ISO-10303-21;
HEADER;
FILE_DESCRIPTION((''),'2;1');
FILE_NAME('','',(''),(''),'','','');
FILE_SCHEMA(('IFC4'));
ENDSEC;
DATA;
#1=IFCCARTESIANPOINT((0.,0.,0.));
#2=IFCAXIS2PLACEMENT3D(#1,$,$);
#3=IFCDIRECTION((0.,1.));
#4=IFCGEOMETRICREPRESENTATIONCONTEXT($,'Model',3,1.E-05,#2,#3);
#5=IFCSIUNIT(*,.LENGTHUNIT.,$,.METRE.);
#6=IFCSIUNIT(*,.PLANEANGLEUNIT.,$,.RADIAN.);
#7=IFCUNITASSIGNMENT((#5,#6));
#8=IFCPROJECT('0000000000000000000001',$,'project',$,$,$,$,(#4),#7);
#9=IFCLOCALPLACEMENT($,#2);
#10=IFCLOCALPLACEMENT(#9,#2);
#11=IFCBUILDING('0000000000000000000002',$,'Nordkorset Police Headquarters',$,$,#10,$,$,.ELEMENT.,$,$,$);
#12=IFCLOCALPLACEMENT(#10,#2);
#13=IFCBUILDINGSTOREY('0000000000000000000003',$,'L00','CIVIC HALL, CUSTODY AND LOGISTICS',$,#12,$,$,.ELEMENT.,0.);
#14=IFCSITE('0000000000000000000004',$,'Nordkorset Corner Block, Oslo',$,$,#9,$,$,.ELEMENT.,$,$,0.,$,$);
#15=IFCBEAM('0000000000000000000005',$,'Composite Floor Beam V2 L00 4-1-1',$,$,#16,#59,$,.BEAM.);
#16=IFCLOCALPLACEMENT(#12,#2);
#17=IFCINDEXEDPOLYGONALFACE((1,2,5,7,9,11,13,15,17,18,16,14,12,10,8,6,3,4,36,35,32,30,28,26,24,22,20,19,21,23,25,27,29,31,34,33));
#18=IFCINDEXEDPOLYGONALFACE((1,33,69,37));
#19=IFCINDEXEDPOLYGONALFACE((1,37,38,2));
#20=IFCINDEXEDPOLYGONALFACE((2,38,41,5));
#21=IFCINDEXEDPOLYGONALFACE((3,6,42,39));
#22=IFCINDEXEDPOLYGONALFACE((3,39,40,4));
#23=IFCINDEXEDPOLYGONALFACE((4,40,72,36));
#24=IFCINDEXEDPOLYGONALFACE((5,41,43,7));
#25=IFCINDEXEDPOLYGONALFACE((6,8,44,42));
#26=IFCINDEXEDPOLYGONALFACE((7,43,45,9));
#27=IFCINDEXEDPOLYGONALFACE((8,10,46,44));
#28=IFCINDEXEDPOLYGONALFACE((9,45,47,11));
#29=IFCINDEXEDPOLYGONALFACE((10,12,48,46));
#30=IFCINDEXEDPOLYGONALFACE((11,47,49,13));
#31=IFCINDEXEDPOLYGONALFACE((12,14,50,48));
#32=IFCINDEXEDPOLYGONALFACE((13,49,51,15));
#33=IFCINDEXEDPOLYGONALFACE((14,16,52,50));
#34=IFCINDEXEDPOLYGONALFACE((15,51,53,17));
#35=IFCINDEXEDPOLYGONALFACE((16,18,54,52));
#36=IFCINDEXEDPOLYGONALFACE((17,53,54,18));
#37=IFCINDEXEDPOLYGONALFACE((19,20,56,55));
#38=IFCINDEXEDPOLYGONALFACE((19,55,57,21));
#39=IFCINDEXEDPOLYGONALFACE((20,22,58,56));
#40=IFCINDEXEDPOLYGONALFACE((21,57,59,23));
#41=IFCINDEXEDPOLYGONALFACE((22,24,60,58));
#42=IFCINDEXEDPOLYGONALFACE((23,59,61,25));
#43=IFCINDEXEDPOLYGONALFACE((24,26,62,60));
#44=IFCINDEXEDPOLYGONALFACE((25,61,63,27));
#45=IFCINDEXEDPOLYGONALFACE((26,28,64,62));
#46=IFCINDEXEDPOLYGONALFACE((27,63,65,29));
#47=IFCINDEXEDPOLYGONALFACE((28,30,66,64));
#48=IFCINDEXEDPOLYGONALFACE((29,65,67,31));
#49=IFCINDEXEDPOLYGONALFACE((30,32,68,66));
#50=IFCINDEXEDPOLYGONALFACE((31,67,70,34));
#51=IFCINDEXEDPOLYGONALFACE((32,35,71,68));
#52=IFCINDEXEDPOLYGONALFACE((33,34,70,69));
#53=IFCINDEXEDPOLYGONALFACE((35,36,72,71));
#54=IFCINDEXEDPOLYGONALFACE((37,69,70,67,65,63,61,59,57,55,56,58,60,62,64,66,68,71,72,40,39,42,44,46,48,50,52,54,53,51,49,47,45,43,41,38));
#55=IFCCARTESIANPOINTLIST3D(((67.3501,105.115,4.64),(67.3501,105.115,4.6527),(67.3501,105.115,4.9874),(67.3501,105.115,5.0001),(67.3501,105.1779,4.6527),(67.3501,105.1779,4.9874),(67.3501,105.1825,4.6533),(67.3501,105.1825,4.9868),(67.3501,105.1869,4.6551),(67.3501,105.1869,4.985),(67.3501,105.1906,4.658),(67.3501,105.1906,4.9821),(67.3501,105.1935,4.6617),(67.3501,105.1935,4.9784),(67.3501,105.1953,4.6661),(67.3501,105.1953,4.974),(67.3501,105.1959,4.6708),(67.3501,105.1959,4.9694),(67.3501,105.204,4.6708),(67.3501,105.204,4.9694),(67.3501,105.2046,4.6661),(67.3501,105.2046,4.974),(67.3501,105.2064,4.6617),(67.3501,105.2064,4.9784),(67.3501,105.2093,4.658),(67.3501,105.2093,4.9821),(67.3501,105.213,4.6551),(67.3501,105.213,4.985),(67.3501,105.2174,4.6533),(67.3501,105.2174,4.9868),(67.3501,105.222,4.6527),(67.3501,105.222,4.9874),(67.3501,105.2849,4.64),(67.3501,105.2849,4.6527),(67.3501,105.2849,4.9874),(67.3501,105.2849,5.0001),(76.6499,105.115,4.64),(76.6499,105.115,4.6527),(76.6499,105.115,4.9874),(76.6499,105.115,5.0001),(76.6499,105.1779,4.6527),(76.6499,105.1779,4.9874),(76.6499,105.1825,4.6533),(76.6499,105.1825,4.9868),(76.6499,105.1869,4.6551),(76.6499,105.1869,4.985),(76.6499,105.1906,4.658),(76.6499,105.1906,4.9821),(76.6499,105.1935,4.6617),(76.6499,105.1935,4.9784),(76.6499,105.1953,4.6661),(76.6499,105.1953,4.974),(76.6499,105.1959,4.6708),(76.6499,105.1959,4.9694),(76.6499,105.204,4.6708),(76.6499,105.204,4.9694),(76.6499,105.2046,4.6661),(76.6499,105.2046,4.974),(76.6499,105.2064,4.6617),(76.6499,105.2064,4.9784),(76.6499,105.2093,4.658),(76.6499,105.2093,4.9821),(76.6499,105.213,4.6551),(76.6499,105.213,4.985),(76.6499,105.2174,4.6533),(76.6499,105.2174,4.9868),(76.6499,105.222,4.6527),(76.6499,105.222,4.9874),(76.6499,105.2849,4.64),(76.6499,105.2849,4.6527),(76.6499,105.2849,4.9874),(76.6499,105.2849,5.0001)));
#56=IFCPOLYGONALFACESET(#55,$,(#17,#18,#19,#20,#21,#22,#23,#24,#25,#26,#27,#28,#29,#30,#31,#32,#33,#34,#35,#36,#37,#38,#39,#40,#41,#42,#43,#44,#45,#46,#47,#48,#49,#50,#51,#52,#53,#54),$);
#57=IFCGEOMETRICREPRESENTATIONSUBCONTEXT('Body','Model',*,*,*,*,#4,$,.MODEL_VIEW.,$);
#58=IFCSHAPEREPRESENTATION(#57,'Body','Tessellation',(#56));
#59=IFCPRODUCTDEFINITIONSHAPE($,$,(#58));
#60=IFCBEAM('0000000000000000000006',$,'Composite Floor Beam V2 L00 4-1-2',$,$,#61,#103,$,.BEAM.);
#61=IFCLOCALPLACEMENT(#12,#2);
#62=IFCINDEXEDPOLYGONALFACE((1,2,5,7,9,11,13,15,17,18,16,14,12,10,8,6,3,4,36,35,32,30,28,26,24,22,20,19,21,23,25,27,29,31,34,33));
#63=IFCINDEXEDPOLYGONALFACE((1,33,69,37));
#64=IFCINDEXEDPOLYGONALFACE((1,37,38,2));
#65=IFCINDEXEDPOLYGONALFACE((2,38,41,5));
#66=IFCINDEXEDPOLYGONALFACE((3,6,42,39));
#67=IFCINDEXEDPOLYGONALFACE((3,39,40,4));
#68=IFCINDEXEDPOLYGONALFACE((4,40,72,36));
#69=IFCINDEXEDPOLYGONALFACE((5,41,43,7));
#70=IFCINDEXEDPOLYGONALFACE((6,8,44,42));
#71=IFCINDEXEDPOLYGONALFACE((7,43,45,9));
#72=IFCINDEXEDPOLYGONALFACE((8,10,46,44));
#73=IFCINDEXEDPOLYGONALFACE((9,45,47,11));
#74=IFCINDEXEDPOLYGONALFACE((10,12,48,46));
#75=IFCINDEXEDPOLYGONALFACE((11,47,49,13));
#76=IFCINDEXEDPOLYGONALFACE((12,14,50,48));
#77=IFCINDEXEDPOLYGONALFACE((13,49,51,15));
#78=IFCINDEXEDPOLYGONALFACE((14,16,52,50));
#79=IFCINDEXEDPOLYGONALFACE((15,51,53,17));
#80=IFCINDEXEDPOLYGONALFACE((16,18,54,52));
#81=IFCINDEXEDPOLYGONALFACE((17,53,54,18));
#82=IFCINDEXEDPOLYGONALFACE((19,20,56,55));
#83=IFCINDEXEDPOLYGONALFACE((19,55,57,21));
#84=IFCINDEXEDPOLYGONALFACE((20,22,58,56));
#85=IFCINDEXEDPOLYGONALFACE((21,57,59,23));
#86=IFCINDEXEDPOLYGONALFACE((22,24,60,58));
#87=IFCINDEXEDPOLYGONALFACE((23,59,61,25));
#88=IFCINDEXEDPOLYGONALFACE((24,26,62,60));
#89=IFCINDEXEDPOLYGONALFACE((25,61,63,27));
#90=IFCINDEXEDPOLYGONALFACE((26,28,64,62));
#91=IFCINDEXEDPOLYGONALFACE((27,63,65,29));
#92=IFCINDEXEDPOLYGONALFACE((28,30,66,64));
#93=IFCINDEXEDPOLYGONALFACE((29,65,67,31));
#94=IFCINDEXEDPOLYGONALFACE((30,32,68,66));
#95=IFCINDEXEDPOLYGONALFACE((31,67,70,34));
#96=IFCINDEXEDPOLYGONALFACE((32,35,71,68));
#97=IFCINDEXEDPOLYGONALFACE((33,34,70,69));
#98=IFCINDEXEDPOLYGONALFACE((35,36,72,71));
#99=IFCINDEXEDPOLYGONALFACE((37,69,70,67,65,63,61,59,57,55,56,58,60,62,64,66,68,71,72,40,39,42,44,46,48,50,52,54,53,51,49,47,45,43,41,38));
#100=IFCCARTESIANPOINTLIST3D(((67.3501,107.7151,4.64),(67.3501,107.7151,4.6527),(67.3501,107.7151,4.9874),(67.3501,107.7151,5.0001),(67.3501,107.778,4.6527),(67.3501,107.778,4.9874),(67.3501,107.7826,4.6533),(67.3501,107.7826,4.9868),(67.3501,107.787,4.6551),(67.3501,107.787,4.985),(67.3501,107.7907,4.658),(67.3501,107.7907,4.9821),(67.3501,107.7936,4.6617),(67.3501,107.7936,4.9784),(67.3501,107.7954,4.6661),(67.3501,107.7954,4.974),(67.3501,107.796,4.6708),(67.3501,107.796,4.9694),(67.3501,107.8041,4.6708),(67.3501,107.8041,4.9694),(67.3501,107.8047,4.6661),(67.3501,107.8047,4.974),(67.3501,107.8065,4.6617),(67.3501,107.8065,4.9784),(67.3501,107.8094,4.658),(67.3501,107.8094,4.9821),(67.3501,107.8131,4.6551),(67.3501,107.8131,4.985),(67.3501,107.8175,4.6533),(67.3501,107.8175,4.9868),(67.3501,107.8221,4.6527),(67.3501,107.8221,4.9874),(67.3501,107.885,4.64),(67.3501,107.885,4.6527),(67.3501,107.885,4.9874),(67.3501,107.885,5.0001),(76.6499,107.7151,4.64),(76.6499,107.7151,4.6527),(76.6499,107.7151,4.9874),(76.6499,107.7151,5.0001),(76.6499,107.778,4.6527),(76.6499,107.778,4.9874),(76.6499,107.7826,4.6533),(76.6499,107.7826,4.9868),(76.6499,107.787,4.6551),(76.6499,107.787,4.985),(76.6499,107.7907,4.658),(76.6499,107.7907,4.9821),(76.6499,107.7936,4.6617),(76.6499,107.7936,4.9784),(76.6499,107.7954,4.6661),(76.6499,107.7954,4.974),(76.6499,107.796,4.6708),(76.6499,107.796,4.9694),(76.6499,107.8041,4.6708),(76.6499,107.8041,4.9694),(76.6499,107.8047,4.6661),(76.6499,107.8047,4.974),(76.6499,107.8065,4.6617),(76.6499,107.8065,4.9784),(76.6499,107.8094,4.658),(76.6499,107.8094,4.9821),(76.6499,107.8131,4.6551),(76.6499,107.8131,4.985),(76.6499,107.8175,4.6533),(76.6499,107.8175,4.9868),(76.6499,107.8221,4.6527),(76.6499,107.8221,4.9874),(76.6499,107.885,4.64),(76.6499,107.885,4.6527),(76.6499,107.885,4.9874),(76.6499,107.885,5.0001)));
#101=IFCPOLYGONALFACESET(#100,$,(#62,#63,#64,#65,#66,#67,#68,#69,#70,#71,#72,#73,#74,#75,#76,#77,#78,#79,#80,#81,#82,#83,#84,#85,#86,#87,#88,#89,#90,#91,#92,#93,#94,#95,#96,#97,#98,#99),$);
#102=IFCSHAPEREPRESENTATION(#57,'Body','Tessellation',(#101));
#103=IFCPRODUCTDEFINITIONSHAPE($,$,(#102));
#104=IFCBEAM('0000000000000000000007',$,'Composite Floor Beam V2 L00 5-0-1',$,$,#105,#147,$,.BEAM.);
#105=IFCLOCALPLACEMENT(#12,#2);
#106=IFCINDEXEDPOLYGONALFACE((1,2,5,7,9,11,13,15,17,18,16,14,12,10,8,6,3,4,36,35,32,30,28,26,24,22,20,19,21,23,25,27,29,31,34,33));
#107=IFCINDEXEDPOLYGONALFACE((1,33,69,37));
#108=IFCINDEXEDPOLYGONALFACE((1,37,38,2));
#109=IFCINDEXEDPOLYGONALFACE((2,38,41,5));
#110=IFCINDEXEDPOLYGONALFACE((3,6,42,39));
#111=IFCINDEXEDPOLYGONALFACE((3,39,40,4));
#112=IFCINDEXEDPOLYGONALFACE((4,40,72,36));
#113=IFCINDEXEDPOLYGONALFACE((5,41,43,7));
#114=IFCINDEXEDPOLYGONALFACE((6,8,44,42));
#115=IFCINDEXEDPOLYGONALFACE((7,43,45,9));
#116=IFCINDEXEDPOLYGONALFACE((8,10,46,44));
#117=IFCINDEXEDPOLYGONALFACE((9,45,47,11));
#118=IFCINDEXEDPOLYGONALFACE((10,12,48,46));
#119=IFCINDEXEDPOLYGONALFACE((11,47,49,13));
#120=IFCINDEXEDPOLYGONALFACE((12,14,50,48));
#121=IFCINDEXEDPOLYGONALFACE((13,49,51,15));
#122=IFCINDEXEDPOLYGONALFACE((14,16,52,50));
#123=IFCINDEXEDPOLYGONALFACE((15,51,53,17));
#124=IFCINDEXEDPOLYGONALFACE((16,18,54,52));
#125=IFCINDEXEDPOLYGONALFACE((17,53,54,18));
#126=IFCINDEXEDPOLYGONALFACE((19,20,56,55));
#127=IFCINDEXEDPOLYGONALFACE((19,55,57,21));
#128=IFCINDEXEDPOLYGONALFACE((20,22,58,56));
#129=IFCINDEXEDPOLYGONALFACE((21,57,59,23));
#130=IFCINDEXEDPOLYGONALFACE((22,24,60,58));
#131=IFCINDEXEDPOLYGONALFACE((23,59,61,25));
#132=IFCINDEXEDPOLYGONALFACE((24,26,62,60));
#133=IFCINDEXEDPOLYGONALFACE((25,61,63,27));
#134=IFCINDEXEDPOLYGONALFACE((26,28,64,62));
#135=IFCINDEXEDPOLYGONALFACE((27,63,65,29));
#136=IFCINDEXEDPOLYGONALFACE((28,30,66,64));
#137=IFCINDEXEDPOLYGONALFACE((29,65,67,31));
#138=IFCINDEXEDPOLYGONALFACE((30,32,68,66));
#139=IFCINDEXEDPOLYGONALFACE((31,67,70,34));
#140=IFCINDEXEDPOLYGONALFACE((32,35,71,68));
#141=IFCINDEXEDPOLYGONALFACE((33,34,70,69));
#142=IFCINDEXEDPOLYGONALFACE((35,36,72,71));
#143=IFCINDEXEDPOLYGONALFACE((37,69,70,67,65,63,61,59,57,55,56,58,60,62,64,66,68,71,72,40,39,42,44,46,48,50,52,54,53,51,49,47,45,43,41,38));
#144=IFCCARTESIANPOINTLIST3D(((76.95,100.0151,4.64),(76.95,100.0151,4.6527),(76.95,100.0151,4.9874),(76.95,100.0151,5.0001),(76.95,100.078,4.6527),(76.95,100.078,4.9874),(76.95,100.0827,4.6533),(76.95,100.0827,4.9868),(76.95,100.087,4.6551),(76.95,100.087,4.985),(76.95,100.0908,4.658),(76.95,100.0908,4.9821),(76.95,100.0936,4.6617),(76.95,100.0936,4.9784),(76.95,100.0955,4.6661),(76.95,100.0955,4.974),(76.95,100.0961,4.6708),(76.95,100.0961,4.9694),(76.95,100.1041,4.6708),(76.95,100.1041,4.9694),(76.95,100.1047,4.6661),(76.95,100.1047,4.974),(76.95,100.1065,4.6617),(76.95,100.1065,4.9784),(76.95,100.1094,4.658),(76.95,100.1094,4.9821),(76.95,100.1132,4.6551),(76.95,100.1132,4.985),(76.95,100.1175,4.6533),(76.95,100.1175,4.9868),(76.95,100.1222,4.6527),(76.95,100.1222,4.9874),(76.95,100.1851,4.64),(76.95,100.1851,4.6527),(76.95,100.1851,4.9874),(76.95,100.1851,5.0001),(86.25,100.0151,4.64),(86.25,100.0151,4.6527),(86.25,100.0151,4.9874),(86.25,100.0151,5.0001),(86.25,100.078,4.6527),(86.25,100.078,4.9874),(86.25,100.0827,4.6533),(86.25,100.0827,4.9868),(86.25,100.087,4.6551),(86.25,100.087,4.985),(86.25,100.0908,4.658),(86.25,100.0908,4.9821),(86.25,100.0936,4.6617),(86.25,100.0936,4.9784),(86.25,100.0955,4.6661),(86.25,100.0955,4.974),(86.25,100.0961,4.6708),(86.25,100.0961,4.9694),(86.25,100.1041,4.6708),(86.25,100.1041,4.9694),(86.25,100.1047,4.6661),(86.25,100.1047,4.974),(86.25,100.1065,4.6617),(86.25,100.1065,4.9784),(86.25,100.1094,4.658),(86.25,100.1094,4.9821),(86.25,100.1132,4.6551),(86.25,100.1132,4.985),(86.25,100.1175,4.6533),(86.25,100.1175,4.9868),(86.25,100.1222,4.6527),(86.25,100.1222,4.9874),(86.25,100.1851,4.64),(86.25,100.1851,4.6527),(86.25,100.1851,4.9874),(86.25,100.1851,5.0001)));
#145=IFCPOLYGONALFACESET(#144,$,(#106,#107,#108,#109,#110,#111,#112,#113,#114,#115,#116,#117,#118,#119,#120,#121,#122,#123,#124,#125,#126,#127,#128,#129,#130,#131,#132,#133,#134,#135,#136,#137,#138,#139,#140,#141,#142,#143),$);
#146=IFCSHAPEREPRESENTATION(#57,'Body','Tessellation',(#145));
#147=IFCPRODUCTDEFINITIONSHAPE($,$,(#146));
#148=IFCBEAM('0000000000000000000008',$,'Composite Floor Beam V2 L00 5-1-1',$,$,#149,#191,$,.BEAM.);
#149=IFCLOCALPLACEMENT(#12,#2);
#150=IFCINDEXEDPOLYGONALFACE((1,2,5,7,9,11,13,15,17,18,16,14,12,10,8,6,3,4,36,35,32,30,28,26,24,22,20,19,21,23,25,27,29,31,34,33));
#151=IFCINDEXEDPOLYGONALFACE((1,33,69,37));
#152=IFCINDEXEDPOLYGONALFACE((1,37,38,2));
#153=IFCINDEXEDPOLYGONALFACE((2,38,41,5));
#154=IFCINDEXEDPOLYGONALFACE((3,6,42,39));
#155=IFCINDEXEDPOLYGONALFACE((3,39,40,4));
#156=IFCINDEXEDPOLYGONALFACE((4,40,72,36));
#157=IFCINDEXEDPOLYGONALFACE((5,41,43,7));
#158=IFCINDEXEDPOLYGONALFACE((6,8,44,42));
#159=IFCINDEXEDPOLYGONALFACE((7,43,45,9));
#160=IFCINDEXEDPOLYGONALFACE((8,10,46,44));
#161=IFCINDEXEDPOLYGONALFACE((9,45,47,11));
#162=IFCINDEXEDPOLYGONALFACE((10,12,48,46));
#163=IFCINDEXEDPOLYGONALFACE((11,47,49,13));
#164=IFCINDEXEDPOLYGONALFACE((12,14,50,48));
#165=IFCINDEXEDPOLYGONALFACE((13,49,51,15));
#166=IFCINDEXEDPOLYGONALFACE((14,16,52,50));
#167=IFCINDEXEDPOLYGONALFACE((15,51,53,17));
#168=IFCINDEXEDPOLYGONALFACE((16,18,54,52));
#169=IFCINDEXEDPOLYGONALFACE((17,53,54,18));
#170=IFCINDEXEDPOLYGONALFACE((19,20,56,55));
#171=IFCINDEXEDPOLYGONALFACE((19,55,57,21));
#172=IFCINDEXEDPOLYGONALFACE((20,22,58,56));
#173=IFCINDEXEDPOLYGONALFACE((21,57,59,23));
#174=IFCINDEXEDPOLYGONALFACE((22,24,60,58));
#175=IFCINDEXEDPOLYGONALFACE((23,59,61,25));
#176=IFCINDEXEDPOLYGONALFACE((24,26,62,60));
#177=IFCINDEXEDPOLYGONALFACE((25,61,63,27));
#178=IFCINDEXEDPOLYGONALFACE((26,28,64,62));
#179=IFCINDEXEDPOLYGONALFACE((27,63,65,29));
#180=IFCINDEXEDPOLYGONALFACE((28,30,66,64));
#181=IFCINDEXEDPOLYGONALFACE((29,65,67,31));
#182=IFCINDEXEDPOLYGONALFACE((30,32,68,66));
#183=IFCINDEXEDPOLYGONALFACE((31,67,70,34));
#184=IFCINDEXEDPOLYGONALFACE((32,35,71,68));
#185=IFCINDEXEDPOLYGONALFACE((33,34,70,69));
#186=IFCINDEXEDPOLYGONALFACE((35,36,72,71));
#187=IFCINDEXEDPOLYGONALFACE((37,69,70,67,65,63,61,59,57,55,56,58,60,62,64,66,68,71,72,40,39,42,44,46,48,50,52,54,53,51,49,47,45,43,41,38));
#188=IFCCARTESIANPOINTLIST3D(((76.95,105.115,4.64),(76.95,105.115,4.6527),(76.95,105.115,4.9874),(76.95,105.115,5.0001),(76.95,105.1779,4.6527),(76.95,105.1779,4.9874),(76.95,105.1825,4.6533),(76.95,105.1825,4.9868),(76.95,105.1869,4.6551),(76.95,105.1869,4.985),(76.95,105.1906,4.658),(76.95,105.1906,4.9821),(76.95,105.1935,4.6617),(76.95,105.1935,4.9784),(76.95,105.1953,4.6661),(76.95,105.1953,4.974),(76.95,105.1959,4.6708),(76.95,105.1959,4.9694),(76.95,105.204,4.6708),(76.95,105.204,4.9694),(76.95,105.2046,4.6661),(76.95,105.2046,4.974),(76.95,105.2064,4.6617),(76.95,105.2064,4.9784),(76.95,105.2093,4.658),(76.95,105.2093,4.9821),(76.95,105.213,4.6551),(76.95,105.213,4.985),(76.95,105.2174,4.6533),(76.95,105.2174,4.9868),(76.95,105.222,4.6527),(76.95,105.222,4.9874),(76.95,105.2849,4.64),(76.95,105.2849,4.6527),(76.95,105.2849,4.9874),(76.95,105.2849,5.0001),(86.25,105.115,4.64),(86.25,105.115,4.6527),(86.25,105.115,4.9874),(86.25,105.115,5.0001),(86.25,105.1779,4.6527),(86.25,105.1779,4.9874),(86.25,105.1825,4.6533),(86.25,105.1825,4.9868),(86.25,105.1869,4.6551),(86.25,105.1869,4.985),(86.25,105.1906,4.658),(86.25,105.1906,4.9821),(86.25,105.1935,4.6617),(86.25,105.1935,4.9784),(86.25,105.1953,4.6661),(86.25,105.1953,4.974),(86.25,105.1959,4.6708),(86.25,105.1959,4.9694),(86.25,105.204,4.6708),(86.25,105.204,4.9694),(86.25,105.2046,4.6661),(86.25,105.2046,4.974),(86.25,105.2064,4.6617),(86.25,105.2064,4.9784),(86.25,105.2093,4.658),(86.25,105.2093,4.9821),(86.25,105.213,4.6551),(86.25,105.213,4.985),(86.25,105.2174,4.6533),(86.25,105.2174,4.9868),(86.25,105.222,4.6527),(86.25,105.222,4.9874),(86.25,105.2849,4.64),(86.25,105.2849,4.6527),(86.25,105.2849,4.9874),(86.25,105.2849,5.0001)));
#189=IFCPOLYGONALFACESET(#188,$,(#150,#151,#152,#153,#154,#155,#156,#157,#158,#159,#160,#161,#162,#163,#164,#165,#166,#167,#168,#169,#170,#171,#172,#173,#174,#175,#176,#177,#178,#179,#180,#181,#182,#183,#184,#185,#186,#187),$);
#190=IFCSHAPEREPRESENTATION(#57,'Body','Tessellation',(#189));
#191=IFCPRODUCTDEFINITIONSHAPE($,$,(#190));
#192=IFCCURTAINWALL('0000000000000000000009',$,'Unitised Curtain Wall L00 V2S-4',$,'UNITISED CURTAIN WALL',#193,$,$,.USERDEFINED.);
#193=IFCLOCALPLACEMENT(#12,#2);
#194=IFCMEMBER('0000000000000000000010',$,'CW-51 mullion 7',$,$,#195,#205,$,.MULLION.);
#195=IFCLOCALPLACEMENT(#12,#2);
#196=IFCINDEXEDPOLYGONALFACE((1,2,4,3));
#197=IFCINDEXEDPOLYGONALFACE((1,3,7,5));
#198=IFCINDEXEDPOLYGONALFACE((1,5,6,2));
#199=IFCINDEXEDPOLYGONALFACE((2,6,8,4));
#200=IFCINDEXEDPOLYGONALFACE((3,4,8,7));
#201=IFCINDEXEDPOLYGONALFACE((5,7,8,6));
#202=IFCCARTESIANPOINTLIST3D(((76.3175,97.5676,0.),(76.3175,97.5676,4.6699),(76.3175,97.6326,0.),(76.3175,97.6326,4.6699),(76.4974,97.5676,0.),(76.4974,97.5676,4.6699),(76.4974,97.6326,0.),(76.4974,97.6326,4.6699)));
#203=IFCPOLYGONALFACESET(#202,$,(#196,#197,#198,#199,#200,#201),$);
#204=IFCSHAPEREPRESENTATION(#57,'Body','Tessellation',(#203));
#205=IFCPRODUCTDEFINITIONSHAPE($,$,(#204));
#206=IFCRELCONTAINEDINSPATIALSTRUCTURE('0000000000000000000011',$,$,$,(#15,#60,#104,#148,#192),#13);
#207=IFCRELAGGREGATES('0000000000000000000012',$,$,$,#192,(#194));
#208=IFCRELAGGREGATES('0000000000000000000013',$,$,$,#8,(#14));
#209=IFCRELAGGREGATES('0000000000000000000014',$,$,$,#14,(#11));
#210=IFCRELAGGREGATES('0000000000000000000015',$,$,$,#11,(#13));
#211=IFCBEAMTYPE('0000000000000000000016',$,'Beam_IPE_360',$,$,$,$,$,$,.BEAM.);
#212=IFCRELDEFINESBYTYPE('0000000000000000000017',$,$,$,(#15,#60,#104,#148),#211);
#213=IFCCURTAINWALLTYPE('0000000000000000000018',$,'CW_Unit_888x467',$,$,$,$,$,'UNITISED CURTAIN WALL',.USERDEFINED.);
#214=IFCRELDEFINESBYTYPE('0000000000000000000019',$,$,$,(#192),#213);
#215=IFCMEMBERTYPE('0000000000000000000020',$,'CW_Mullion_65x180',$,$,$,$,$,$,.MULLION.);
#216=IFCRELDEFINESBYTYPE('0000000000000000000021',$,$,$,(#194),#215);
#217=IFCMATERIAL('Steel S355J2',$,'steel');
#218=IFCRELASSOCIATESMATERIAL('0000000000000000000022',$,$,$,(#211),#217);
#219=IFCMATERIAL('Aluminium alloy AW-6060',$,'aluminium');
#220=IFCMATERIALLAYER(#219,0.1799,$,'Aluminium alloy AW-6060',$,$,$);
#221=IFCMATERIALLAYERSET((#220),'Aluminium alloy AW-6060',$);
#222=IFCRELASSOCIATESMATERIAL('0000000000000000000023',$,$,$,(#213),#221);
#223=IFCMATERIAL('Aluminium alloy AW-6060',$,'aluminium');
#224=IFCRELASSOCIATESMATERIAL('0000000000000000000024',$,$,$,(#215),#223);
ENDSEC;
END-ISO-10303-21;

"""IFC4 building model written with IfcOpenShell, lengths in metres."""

from ifc_helpers import new_model, si_unit, direction, frame, origin, origin_2d, place, context, subcontext, project, spatial, rectangle, i_section, extrude, material, layer, layer_set, material_profile, profile_set, type_object, element, aggregate, save


model = new_model("IFC4")

# Units and contexts
model_context = context("Model", 3, precision=1e-05, world=origin(), true_north=direction((0.0, 1.0)))
body_context = subcontext(model_context, "Body", "Model", "MODEL_VIEW")
ifc_project = project(units=[si_unit("LENGTHUNIT", "METRE"), si_unit("PLANEANGLEUNIT", "RADIAN")], contexts=[model_context])

# Site, building, storey
site_placement = place(None, origin())
site = spatial("IfcSite", under=ifc_project, at=site_placement, Name="Nordkorset Corner Block, Oslo", CompositionType="ELEMENT", RefElevation=0.0)
building_placement = place(site_placement, origin())
building = spatial("IfcBuilding", under=site, at=building_placement, Name="Nordkorset Police Headquarters", CompositionType="ELEMENT")
storey_placement = place(building_placement, origin())
storey = spatial("IfcBuildingStorey", under=building, at=storey_placement, Name="L00", Description="CIVIC HALL, CUSTODY AND LOGISTICS", CompositionType="ELEMENT", Elevation=0.0)

# Beams
ifc_material_1 = material(Name="Steel S355J2", Category="steel")
ifc_material_profile_1 = material_profile(ifc_material_1, i_section(OverallWidth=0.1699, OverallDepth=0.3601, WebThickness=0.0081, FlangeThickness=0.0127, FilletRadius=0.0181, at=origin_2d()), Name="IPE 360")
ifc_profile_set_1 = profile_set([ifc_material_profile_1], Name="Steel S355J2")
beam_type_1 = type_object("IfcBeamType", Name="Beam_IPE_360", PredefinedType="BEAM", material=ifc_profile_set_1)
for number, where, z_axis, x_axis, name in (
    (1, (67.3501, 105.2, 4.8201), (1.0, 0.0, 0.0), (0.0, 1.0, 0.0), "Composite Floor Beam V2 L00 4-1-1"),
    (2, (67.3501, 107.8, 4.8201), (1.0, 0.0, 0.0), (0.0, 1.0, 0.0), "Composite Floor Beam V2 L00 4-1-2"),
):
    element("IfcBeam", number, at=place(storey_placement, frame(where, z_axis=z_axis, x_axis=x_axis)), inside=storey, type_object=beam_type_1, Name=name, PredefinedType="BEAM", context=body_context, shape_type="SweptSolid", body=[
        extrude(i_section(OverallWidth=0.1699, OverallDepth=0.3601, WebThickness=0.0081, FlangeThickness=0.0127, FilletRadius=0.0181, at=origin_2d()), origin(), (0.0, 0.0, 1.0), 9.2998),
    ])
for number, where, z_axis, x_axis, name in (
    (3, (76.95, 100.1001, 4.8201), (1.0, 0.0, 0.0), (0.0, 1.0, 0.0), "Composite Floor Beam V2 L00 5-0-1"),
    (4, (76.95, 105.2, 4.8201), (1.0, 0.0, 0.0), (0.0, 1.0, 0.0), "Composite Floor Beam V2 L00 5-1-1"),
):
    element("IfcBeam", number, at=place(storey_placement, frame(where, z_axis=z_axis, x_axis=x_axis)), inside=storey, type_object=beam_type_1, Name=name, PredefinedType="BEAM", context=body_context, shape_type="SweptSolid", body=[
        extrude(i_section(OverallWidth=0.1699, OverallDepth=0.3601, WebThickness=0.0081, FlangeThickness=0.0127, FilletRadius=0.0181, at=origin_2d()), origin(), (0.0, 0.0, 1.0), 9.3),
    ])

# Curtain wall, member
ifc_material_2 = material(Name="Aluminium alloy AW-6060", Category="aluminium")
ifc_layer_1 = layer(ifc_material_2, 0.1799, Name="Aluminium alloy AW-6060")
ifc_layer_set_1 = layer_set([ifc_layer_1], Name="Aluminium alloy AW-6060")
curtain_wall_type = type_object("IfcCurtainWallType", Name="CW_Unit_888x467", ElementType="UNITISED CURTAIN WALL", PredefinedType="USERDEFINED", material=ifc_layer_set_1)
curtain_wall_placement = place(storey_placement, origin())
curtain_wall = element("IfcCurtainWall", 5, at=curtain_wall_placement, inside=storey, type_object=curtain_wall_type, Name="Unitised Curtain Wall L00 V2S-4", ObjectType="UNITISED CURTAIN WALL", PredefinedType="USERDEFINED")
ifc_material_3 = material(Name="Aluminium alloy AW-6060", Category="aluminium")
ifc_material_profile_2 = material_profile(ifc_material_3, rectangle(XDim=0.0649, YDim=0.1799, at=origin_2d()), Name="ALU MULL 65x180")
ifc_profile_set_2 = profile_set([ifc_material_profile_2], Name="Aluminium alloy AW-6060")
member_type_1 = type_object("IfcMemberType", Name="CW_Mullion_65x180", PredefinedType="MULLION", material=ifc_profile_set_2)
member_1_placement = place(storey_placement, frame((76.4075, 97.6001, 0.0), z_axis=(0.0, 0.0, 1.0), x_axis=(0.0, 1.0, 0.0)))
member_1 = element("IfcMember", 6, at=member_1_placement, type_object=member_type_1, Name="CW-51 mullion 7", PredefinedType="MULLION", context=body_context, shape_type="SweptSolid", body=[
    extrude(rectangle(XDim=0.0649, YDim=0.1799, at=origin_2d()), origin(), (0.0, 0.0, 1.0), 4.6699),
])

aggregate(curtain_wall, [member_1])

save(model, "model.ifc")
